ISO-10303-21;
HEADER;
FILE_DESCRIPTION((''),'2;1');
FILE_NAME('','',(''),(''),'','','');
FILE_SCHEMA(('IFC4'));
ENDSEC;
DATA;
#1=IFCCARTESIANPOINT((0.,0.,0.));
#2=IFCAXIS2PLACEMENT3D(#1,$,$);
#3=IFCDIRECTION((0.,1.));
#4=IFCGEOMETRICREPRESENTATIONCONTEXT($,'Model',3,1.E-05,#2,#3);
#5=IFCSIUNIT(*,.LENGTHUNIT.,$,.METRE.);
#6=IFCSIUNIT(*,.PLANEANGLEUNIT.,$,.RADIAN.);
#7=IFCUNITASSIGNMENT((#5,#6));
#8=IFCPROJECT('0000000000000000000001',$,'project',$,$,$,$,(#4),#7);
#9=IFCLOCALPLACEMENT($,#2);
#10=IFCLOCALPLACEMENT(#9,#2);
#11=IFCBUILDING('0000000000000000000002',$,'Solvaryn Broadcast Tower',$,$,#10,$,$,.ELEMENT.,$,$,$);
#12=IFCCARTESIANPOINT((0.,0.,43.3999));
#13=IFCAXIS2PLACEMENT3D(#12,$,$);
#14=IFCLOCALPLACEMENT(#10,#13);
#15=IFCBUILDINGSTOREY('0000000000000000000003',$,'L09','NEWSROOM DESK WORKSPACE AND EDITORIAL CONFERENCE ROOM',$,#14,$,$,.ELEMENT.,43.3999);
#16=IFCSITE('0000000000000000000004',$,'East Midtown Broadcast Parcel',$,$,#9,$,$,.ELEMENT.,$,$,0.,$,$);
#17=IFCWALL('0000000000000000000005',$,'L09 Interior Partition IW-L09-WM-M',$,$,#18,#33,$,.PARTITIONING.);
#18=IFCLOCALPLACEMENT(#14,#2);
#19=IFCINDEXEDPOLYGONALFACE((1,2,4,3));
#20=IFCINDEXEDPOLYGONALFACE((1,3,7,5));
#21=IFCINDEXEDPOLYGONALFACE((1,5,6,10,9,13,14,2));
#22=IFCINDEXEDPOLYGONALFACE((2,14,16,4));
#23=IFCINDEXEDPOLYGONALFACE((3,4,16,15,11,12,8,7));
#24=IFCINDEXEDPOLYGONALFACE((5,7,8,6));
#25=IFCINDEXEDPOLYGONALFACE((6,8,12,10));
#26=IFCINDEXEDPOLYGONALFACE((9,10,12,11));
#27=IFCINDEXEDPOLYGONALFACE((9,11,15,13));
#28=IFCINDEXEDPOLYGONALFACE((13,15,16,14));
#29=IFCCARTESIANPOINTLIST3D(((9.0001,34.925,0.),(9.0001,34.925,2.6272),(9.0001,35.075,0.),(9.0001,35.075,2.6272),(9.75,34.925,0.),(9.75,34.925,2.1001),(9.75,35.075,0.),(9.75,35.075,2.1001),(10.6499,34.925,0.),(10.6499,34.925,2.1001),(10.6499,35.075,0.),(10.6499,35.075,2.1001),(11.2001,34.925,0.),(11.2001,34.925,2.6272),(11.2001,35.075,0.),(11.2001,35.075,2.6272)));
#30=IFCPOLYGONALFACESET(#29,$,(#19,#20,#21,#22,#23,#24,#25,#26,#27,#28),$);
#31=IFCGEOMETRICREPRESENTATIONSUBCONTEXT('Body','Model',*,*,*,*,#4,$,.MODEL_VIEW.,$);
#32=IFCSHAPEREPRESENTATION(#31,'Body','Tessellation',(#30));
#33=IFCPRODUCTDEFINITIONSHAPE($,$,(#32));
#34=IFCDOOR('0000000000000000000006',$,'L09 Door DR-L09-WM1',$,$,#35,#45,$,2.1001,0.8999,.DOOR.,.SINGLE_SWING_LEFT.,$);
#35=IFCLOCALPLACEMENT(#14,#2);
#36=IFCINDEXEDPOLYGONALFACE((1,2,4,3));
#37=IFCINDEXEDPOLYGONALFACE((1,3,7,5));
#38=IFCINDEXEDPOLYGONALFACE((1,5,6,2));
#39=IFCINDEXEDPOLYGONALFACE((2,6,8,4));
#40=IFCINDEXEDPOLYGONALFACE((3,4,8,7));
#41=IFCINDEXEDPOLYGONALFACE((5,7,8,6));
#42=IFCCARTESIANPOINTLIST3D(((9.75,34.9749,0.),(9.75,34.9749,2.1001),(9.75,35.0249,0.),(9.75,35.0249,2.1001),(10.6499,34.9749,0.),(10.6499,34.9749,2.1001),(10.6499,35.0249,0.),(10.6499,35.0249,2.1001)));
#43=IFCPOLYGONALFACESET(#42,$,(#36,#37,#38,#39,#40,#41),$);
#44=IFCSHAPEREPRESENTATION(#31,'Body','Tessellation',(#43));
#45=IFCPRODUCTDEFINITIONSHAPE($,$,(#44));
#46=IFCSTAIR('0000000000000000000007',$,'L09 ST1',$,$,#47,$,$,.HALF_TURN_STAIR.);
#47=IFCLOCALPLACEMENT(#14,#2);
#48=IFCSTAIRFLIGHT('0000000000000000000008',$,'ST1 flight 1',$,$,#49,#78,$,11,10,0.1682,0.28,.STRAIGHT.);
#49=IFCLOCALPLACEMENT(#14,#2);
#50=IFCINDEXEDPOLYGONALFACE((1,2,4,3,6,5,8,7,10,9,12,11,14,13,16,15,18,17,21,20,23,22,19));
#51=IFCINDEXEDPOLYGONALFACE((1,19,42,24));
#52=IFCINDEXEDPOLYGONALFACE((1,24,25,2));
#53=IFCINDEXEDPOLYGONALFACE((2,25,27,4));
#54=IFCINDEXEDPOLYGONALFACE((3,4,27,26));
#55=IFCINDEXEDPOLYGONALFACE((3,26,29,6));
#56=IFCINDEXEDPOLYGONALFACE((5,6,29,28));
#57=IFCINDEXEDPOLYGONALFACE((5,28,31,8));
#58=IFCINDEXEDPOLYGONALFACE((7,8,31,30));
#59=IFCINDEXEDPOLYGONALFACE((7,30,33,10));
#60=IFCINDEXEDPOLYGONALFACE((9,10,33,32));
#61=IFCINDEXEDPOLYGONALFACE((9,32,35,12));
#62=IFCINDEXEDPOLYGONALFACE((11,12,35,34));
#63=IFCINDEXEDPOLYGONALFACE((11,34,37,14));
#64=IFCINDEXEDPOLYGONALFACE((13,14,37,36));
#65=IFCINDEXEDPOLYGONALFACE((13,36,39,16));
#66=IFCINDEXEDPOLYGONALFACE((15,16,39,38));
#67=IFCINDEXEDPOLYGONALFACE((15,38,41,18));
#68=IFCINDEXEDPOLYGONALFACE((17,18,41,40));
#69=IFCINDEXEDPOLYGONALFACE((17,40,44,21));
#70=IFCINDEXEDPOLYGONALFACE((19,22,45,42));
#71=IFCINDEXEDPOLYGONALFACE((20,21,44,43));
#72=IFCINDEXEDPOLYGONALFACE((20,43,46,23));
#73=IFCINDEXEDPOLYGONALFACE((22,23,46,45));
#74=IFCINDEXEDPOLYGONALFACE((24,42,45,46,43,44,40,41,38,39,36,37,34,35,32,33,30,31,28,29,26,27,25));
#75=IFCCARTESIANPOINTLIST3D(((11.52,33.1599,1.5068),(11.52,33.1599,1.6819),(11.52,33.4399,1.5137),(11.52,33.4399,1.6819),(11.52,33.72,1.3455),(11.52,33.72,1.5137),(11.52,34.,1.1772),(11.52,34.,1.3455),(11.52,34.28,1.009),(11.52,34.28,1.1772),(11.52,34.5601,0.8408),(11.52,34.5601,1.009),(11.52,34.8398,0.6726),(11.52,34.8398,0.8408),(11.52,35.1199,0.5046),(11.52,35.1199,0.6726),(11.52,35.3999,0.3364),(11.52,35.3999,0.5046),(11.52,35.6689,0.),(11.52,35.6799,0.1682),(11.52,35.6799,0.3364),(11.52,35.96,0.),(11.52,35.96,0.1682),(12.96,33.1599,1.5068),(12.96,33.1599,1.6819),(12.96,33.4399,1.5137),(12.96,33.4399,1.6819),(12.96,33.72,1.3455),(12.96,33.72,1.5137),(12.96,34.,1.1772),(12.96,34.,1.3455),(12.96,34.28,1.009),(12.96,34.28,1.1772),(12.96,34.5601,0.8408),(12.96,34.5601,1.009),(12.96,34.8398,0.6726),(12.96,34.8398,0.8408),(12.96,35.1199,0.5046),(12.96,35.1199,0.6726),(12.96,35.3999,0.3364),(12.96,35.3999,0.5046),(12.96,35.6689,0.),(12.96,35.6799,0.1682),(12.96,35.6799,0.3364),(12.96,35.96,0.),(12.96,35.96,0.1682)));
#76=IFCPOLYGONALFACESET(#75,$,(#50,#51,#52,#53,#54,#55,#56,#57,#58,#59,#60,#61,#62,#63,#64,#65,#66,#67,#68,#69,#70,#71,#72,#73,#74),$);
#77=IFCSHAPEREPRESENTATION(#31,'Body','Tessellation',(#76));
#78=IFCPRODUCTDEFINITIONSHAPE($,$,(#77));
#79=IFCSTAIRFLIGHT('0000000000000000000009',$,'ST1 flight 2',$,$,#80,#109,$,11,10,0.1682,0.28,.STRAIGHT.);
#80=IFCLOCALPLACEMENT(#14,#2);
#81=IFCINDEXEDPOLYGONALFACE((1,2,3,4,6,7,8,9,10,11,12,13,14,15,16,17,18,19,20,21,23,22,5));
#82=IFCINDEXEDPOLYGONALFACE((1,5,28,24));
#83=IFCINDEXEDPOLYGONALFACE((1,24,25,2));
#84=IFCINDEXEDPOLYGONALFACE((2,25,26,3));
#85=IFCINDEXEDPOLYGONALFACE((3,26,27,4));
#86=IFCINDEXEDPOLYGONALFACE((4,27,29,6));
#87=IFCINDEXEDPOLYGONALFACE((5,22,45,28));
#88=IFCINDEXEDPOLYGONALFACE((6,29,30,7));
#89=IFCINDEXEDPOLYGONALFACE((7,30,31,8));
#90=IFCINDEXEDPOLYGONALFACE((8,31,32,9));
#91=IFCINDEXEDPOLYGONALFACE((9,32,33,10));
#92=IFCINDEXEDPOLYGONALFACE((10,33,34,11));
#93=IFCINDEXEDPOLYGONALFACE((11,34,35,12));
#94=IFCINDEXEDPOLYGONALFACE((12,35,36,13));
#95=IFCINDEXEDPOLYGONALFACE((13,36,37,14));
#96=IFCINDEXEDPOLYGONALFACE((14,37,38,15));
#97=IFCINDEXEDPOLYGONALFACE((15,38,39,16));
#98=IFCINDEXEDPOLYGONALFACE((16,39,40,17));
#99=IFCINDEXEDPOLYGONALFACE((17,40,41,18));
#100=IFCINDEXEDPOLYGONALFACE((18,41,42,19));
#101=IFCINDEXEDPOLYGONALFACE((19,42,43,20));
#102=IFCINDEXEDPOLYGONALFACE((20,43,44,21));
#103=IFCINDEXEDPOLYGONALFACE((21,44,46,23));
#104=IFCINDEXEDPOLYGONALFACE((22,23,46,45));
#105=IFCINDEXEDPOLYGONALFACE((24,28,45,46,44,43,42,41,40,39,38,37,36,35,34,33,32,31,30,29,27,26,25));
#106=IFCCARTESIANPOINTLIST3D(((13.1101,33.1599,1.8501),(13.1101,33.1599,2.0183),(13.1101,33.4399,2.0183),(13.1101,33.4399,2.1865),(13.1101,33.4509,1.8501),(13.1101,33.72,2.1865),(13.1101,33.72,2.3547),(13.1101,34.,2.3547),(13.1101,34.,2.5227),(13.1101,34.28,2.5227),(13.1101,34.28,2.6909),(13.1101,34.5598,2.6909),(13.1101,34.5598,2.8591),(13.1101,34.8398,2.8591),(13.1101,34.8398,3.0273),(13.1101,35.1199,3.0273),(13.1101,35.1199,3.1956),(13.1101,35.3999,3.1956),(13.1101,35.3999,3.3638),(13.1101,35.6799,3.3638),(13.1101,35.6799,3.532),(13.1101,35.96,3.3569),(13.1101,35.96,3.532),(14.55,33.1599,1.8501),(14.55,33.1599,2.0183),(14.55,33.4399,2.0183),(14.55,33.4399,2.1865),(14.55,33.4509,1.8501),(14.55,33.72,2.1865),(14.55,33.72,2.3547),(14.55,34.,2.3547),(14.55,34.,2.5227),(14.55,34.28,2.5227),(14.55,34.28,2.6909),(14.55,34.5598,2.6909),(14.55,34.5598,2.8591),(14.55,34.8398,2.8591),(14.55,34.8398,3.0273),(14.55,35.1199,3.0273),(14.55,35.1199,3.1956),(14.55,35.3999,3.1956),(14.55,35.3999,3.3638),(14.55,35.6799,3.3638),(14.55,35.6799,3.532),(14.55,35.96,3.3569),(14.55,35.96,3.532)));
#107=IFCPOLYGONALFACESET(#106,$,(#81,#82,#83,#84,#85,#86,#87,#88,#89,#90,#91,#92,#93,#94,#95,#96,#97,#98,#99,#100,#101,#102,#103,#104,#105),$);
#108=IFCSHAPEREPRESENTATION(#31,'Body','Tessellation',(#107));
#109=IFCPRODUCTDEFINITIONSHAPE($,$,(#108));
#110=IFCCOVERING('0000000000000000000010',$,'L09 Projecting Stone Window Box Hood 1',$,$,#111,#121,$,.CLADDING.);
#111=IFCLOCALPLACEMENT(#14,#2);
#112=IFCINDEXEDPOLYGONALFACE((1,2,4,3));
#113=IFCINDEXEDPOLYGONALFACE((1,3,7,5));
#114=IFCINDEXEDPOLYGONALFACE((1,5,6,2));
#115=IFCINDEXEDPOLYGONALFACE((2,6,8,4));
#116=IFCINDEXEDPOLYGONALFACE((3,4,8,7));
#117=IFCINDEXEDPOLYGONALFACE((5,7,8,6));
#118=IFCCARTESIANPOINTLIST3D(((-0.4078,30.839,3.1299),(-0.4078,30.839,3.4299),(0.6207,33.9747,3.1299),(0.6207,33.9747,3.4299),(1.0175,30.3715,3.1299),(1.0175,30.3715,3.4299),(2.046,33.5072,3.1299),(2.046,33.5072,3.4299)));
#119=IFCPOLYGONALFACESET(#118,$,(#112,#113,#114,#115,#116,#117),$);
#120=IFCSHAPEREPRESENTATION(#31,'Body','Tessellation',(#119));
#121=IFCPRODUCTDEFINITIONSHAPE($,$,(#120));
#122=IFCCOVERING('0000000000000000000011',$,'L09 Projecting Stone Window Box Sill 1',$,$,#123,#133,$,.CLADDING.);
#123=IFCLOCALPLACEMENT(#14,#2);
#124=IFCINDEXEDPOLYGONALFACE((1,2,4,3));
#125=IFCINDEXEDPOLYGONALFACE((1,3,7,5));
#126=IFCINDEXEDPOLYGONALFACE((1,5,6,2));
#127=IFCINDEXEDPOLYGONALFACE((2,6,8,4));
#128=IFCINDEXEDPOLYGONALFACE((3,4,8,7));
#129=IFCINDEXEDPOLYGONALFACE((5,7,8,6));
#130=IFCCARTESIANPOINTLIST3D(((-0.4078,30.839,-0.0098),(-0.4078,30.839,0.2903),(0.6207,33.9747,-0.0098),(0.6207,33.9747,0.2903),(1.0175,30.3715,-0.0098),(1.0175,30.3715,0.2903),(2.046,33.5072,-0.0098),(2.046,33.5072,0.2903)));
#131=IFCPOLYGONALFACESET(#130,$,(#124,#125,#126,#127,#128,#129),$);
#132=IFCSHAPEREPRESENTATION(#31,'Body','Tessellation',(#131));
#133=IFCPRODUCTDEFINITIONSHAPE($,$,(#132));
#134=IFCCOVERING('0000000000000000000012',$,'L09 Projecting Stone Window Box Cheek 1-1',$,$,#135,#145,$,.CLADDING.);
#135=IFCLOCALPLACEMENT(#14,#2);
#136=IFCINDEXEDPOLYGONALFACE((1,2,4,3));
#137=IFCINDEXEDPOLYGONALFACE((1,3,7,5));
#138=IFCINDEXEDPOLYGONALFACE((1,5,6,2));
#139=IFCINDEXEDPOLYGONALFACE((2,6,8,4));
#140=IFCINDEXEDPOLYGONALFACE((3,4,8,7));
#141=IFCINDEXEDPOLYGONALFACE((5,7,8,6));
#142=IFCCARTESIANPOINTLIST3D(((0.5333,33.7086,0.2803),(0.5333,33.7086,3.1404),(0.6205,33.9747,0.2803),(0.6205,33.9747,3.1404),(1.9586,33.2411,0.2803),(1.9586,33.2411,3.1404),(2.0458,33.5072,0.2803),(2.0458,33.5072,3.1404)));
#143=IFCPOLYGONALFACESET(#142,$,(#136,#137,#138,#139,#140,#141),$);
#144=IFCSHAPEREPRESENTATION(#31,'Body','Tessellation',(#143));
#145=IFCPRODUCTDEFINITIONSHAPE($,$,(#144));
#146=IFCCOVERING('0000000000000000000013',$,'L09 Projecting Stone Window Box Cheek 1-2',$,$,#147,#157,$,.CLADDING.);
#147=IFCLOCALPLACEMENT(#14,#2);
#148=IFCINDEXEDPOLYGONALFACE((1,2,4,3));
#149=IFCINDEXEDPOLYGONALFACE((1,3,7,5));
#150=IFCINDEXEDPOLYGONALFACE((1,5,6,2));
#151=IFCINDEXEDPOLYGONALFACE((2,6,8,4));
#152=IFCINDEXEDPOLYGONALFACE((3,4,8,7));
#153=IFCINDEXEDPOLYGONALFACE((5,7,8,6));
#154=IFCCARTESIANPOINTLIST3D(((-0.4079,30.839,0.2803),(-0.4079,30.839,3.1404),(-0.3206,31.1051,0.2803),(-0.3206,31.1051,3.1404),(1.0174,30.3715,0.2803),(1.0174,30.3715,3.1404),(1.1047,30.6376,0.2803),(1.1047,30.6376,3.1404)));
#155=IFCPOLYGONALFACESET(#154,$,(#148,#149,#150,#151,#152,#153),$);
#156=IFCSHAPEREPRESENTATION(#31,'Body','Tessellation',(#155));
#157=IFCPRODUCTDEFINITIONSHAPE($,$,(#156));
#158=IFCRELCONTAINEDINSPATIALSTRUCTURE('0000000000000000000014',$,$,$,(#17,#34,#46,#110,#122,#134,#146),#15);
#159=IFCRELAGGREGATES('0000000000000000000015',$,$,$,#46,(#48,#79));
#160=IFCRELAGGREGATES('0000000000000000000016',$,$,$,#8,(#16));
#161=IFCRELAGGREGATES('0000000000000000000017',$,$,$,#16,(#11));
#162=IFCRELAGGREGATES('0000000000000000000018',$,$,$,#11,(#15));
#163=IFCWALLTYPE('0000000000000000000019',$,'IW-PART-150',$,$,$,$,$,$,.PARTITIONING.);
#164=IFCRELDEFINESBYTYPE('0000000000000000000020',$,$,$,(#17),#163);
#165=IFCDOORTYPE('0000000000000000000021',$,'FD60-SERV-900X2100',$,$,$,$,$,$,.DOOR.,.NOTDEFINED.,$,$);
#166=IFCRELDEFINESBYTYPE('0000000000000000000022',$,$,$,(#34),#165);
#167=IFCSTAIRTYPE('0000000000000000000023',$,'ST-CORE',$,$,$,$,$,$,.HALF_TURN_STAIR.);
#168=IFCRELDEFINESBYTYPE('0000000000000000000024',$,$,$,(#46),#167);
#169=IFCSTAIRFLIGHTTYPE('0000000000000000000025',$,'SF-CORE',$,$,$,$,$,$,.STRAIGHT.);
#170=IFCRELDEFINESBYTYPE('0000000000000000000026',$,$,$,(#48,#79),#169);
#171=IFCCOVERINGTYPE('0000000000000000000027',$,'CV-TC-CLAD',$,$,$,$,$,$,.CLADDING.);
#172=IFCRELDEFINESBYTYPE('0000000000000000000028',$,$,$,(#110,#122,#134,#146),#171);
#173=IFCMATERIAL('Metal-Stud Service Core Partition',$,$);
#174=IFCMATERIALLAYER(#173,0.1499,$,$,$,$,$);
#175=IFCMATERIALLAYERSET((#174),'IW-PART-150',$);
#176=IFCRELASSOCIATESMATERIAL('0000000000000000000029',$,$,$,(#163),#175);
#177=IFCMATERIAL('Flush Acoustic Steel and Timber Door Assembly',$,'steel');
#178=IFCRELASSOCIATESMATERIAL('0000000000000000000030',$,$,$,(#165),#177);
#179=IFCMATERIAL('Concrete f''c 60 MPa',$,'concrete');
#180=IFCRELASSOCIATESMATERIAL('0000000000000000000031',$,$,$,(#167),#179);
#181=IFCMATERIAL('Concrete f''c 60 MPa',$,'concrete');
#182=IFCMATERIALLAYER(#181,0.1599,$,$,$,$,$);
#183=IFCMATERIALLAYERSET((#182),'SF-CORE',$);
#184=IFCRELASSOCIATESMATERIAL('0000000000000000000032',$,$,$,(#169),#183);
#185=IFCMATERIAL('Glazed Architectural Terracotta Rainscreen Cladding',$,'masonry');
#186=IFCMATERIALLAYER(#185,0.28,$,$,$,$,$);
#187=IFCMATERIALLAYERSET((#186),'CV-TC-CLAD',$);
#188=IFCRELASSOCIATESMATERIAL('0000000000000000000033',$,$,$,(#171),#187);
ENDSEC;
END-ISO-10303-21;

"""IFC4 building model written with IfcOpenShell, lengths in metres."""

from ifc_helpers import new_model, si_unit, direction, frame, frame_2d, origin, origin_2d, place, context, subcontext, project, spatial, polyline, rectangle, outline, extrude, material, layer, layer_set, type_object, element, fill, aggregate, save


model = new_model("IFC4")

# Units and contexts
model_context = context("Model", 3, precision=1e-05, world=origin(), true_north=direction((0.0, 1.0)))
body_context = subcontext(model_context, "Body", "Model", "MODEL_VIEW")
ifc_project = project(units=[si_unit("LENGTHUNIT", "METRE"), si_unit("PLANEANGLEUNIT", "RADIAN")], contexts=[model_context])

# Site, building, storey
site_placement = place(None, origin())
site = spatial("IfcSite", under=ifc_project, at=site_placement, Name="East Midtown Broadcast Parcel", CompositionType="ELEMENT", RefElevation=0.0)
building_placement = place(site_placement, origin())
building = spatial("IfcBuilding", under=site, at=building_placement, Name="Solvaryn Broadcast Tower", CompositionType="ELEMENT")
storey_placement = place(building_placement, frame((0.0, 0.0, 43.3999)))
storey = spatial("IfcBuildingStorey", under=building, at=storey_placement, Name="L09", Description="NEWSROOM DESK WORKSPACE AND EDITORIAL CONFERENCE ROOM", CompositionType="ELEMENT", Elevation=43.3999)

# Wall, opening, door
ifc_material_1 = material(Name="Metal-Stud Service Core Partition")
ifc_layer_1 = layer(ifc_material_1, 0.1499)
ifc_layer_set_1 = layer_set([ifc_layer_1], Name="IW-PART-150")
wall_type = type_object("IfcWallType", Name="IW-PART-150", PredefinedType="PARTITIONING", material=ifc_layer_set_1)
wall_placement = place(storey_placement, frame((9.0, 35.0, 0.0), z_axis=(0.0, 0.0, 1.0), x_axis=(1.0, 0.0, 0.0)))
wall = element("IfcWall", 1, at=wall_placement, inside=storey, type_object=wall_type, Name="L09 Interior Partition IW-L09-WM-M", PredefinedType="PARTITIONING", context=body_context, shape_type="SweptSolid", body=[
    extrude(rectangle(XDim=2.2, YDim=0.1499, at=frame_2d((1.1001, 0.0))), origin(), (0.0, 0.0, 1.0), 2.6272),
])
opening_placement = place(wall_placement, frame((0.75, 0.0, 0.0)))
opening = element("IfcOpeningElement", 2, at=opening_placement, cuts=wall, PredefinedType="OPENING", context=body_context, shape_type="SweptSolid", body=[
    extrude(rectangle(XDim=0.8999, YDim=2.1001, at=frame_2d((0.45, 1.05))), frame((0.0, 0.085, 0.0), z_axis=(0.0, -1.0, 0.0), x_axis=(1.0, 0.0, 0.0)), (0.0, 0.0, 1.0), 0.1699),
])
ifc_material_2 = material(Name="Flush Acoustic Steel and Timber Door Assembly", Category="steel")
door_type = type_object("IfcDoorType", Name="FD60-SERV-900X2100", OperationType="NOTDEFINED", PredefinedType="DOOR", material=ifc_material_2)
door_placement = place(opening_placement, origin())
door = element("IfcDoor", 3, at=door_placement, inside=storey, type_object=door_type, Name="L09 Door DR-L09-WM1", OperationType="SINGLE_SWING_LEFT", OverallHeight=2.1001, OverallWidth=0.8999, PredefinedType="DOOR", context=body_context, shape_type="SweptSolid", body=[
    extrude(rectangle(XDim=0.8999, YDim=2.1001, at=frame_2d((0.45, 1.05))), frame((0.0, 0.0249, 0.0), z_axis=(0.0, -1.0, 0.0), x_axis=(1.0, 0.0, 0.0)), (0.0, 0.0, 1.0), 0.05),
])
fill(opening, door)

# Stair, stair flights
ifc_material_3 = material(Name="Concrete f'c 60 MPa", Category="concrete")
stair_type = type_object("IfcStairType", Name="ST-CORE", PredefinedType="HALF_TURN_STAIR", material=ifc_material_3)
stair_placement = place(storey_placement, origin())
stair = element("IfcStair", 4, at=stair_placement, inside=storey, type_object=stair_type, Name="L09 ST1", PredefinedType="HALF_TURN_STAIR")
ifc_material_4 = material(Name="Concrete f'c 60 MPa", Category="concrete")
ifc_layer_2 = layer(ifc_material_4, 0.1599)
ifc_layer_set_2 = layer_set([ifc_layer_2], Name="SF-CORE")
stair_flight_type = type_object("IfcStairFlightType", Name="SF-CORE", PredefinedType="STRAIGHT", material=ifc_layer_set_2)
stair_flight_1_placement = place(storey_placement, frame((12.24, 35.96, 0.0), z_axis=(0.0, 0.0, 1.0), x_axis=(0.0, -1.0, 0.0)))
stair_flight_1 = element("IfcStairFlight", 5, at=stair_flight_1_placement, type_object=stair_flight_type, Name="ST1 flight 1", NumberOfRisers=11, NumberOfTreads=10, PredefinedType="STRAIGHT", RiserHeight=0.1682, TreadLength=0.28, context=body_context, shape_type="SweptSolid", body=[
    extrude(outline(polyline([(0.0, 0.0), (0.0, 0.1682), (0.28, 0.1682), (0.28, 0.3364), (0.5601, 0.3364), (0.5601, 0.5046), (0.8401, 0.5046), (0.8401, 0.6726), (1.1201, 0.6726), (1.1201, 0.8408), (1.3999, 0.8408), (1.3999, 1.009), (1.6799, 1.009), (1.6799, 1.1772), (1.96, 1.1772), (1.96, 1.3455), (2.24, 1.3455), (2.24, 1.5137), (2.52, 1.5137), (2.52, 1.6819), (2.8, 1.6819), (2.8, 1.8501), (2.8, 1.5068), (0.291, 0.0), (0.0, 0.0)])), frame((0.0, 0.72, 0.0), z_axis=(0.0, -1.0, 0.0), x_axis=(1.0, 0.0, 0.0)), (0.0, 0.0, 1.0), 1.4399),
])
stair_flight_2_placement = place(storey_placement, frame((13.8301, 33.1599, 1.8501), z_axis=(0.0, 0.0, 1.0), x_axis=(0.0, 1.0, 0.0)))
stair_flight_2 = element("IfcStairFlight", 6, at=stair_flight_2_placement, type_object=stair_flight_type, Name="ST1 flight 2", NumberOfRisers=11, NumberOfTreads=10, PredefinedType="STRAIGHT", RiserHeight=0.1682, TreadLength=0.28, context=body_context, shape_type="SweptSolid", body=[
    extrude(outline(polyline([(0.0, 0.0), (0.0, 0.1682), (0.28, 0.1682), (0.28, 0.3364), (0.5601, 0.3364), (0.5601, 0.5046), (0.8401, 0.5046), (0.8401, 0.6726), (1.1201, 0.6726), (1.1201, 0.8408), (1.3999, 0.8408), (1.3999, 1.009), (1.6799, 1.009), (1.6799, 1.1772), (1.96, 1.1772), (1.96, 1.3455), (2.24, 1.3455), (2.24, 1.5137), (2.52, 1.5137), (2.52, 1.6819), (2.8, 1.6819), (2.8, 1.8501), (2.8, 1.5068), (0.291, 0.0), (0.0, 0.0)])), frame((0.0, 0.72, 0.0), z_axis=(0.0, -1.0, 0.0), x_axis=(1.0, 0.0, 0.0)), (0.0, 0.0, 1.0), 1.4399),
])
aggregate(stair, [stair_flight_1, stair_flight_2])

# Coverings
ifc_material_5 = material(Name="Glazed Architectural Terracotta Rainscreen Cladding", Category="masonry")
ifc_layer_3 = layer(ifc_material_5, 0.28)
ifc_layer_set_3 = layer_set([ifc_layer_3], Name="CV-TC-CLAD")
covering_type = type_object("IfcCoveringType", Name="CV-TC-CLAD", PredefinedType="CLADDING", material=ifc_layer_set_3)
for number, where, z_axis, x_axis, name in (
    (7, (0.8191, 32.1731, 3.1299), (0.0, 0.0, 1.0), (-0.311672, -0.95019, 0.0), "L09 Projecting Stone Window Box Hood 1"),
    (8, (0.8191, 32.1731, -0.0098), (0.0, 0.0, 1.0), (-0.311672, -0.95019, 0.0), "L09 Projecting Stone Window Box Sill 1"),
):
    element("IfcCovering", number, at=place(storey_placement, frame(where, z_axis=z_axis, x_axis=x_axis)), inside=storey, type_object=covering_type, Name=name, PredefinedType="CLADDING", context=body_context, shape_type="SweptSolid", body=[
        extrude(rectangle(XDim=3.3, YDim=1.5, at=origin_2d()), origin(), (0.0, 0.0, 1.0), 0.3),
    ])
for number, where, z_axis, x_axis, name in (
    (9, (1.2896, 33.6079, 0.2803), (0.0, 0.0, 1.0), (-0.311672, -0.95019, 0.0), "L09 Projecting Stone Window Box Cheek 1-1"),
    (10, (0.3484, 30.7383, 0.2803), (0.0, 0.0, 1.0), (-0.311672, -0.95019, 0.0), "L09 Projecting Stone Window Box Cheek 1-2"),
):
    element("IfcCovering", number, at=place(storey_placement, frame(where, z_axis=z_axis, x_axis=x_axis)), inside=storey, type_object=covering_type, Name=name, PredefinedType="CLADDING", context=body_context, shape_type="SweptSolid", body=[
        extrude(rectangle(XDim=0.28, YDim=1.5, at=origin_2d()), origin(), (0.0, 0.0, 1.0), 2.8601),
    ])

save(model, "model.ifc")
